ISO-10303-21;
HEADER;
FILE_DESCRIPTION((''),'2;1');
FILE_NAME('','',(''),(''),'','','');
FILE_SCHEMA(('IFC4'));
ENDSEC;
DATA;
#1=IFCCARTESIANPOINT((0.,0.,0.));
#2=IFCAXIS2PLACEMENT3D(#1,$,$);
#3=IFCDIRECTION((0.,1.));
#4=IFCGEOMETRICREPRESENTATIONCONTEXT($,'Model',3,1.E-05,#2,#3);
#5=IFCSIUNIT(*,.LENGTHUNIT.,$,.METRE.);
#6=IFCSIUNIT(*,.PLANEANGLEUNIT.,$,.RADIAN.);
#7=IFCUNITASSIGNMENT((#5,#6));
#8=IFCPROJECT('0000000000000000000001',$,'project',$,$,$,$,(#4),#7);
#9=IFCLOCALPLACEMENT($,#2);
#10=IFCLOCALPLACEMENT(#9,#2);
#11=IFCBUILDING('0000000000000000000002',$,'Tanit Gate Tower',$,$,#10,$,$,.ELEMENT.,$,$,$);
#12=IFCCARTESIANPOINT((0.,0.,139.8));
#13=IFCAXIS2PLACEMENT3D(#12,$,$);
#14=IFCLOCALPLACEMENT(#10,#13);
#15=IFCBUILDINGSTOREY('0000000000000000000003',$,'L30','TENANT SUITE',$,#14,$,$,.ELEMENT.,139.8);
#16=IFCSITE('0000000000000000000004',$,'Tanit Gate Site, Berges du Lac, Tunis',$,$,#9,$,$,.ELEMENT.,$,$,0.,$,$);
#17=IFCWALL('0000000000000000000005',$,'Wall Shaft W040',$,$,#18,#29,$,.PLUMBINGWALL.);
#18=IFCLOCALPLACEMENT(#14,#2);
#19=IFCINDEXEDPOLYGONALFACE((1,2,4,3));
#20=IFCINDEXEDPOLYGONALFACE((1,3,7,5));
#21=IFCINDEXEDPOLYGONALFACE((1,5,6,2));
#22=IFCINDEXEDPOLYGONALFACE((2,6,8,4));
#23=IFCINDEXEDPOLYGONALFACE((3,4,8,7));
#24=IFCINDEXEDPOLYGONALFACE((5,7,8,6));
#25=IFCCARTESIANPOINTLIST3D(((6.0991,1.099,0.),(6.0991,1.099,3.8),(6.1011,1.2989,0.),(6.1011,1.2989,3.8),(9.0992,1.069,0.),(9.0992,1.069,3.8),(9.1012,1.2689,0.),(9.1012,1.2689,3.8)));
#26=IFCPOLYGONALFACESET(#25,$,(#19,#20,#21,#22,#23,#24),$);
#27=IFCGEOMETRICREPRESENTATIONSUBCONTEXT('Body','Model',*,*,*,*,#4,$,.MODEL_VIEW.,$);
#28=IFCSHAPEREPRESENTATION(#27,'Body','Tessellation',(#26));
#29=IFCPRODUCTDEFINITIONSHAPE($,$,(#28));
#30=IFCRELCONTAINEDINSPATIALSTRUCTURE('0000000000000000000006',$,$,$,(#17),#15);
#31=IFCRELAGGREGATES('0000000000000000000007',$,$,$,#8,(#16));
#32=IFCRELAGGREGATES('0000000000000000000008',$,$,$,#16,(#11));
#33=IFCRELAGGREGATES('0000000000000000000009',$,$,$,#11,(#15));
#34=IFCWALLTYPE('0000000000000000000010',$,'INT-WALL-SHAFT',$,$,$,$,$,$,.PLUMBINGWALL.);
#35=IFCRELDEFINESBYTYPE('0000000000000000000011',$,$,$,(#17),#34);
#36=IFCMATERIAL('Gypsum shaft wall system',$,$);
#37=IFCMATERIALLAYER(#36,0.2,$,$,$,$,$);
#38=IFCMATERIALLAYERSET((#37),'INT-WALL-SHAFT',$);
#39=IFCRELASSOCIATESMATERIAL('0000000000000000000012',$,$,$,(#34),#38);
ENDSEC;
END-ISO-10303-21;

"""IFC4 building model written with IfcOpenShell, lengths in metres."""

from ifc_helpers import new_model, si_unit, direction, frame, frame_2d, origin, place, context, subcontext, project, spatial, rectangle, extrude, material, layer, layer_set, type_object, element, save


model = new_model("IFC4")

# Units and contexts
model_context = context("Model", 3, precision=1e-05, world=origin(), true_north=direction((0.0, 1.0)))
body_context = subcontext(model_context, "Body", "Model", "MODEL_VIEW")
ifc_project = project(units=[si_unit("LENGTHUNIT", "METRE"), si_unit("PLANEANGLEUNIT", "RADIAN")], contexts=[model_context])

# Site, building, storey
site_placement = place(None, origin())
site = spatial("IfcSite", under=ifc_project, at=site_placement, Name="Tanit Gate Site, Berges du Lac, Tunis", CompositionType="ELEMENT", RefElevation=0.0)
building_placement = place(site_placement, origin())
building = spatial("IfcBuilding", under=site, at=building_placement, Name="Tanit Gate Tower", CompositionType="ELEMENT")
storey_placement = place(building_placement, frame((0.0, 0.0, 139.8)))
storey = spatial("IfcBuildingStorey", under=building, at=storey_placement, Name="L30", Description="TENANT SUITE", CompositionType="ELEMENT", Elevation=139.8)

# Shared definitions
ifc_material_1 = material(Name="Gypsum shaft wall system")
ifc_layer_1 = layer(ifc_material_1, 0.2)
ifc_layer_set_1 = layer_set([ifc_layer_1], Name="INT-WALL-SHAFT")
wall_type_1 = type_object("IfcWallType", Name="INT-WALL-SHAFT", PredefinedType="PLUMBINGWALL", material=ifc_layer_set_1)

# Wall
wall_1_placement = place(storey_placement, frame((9.1001, 1.1689, 0.0), z_axis=(0.0, 0.0, 1.0), x_axis=(-0.99995, 0.010009, 0.0)))
element("IfcWall", 1, at=wall_1_placement, inside=storey, type_object=wall_type_1, Name="Wall Shaft W040", PredefinedType="PLUMBINGWALL", context=body_context, shape_type="SweptSolid", body=[
    extrude(rectangle(XDim=3.0002, YDim=0.2, at=frame_2d((1.5, 0.0))), origin(), (0.0, 0.0, 1.0), 3.8),
])

save(model, "model.ifc")
